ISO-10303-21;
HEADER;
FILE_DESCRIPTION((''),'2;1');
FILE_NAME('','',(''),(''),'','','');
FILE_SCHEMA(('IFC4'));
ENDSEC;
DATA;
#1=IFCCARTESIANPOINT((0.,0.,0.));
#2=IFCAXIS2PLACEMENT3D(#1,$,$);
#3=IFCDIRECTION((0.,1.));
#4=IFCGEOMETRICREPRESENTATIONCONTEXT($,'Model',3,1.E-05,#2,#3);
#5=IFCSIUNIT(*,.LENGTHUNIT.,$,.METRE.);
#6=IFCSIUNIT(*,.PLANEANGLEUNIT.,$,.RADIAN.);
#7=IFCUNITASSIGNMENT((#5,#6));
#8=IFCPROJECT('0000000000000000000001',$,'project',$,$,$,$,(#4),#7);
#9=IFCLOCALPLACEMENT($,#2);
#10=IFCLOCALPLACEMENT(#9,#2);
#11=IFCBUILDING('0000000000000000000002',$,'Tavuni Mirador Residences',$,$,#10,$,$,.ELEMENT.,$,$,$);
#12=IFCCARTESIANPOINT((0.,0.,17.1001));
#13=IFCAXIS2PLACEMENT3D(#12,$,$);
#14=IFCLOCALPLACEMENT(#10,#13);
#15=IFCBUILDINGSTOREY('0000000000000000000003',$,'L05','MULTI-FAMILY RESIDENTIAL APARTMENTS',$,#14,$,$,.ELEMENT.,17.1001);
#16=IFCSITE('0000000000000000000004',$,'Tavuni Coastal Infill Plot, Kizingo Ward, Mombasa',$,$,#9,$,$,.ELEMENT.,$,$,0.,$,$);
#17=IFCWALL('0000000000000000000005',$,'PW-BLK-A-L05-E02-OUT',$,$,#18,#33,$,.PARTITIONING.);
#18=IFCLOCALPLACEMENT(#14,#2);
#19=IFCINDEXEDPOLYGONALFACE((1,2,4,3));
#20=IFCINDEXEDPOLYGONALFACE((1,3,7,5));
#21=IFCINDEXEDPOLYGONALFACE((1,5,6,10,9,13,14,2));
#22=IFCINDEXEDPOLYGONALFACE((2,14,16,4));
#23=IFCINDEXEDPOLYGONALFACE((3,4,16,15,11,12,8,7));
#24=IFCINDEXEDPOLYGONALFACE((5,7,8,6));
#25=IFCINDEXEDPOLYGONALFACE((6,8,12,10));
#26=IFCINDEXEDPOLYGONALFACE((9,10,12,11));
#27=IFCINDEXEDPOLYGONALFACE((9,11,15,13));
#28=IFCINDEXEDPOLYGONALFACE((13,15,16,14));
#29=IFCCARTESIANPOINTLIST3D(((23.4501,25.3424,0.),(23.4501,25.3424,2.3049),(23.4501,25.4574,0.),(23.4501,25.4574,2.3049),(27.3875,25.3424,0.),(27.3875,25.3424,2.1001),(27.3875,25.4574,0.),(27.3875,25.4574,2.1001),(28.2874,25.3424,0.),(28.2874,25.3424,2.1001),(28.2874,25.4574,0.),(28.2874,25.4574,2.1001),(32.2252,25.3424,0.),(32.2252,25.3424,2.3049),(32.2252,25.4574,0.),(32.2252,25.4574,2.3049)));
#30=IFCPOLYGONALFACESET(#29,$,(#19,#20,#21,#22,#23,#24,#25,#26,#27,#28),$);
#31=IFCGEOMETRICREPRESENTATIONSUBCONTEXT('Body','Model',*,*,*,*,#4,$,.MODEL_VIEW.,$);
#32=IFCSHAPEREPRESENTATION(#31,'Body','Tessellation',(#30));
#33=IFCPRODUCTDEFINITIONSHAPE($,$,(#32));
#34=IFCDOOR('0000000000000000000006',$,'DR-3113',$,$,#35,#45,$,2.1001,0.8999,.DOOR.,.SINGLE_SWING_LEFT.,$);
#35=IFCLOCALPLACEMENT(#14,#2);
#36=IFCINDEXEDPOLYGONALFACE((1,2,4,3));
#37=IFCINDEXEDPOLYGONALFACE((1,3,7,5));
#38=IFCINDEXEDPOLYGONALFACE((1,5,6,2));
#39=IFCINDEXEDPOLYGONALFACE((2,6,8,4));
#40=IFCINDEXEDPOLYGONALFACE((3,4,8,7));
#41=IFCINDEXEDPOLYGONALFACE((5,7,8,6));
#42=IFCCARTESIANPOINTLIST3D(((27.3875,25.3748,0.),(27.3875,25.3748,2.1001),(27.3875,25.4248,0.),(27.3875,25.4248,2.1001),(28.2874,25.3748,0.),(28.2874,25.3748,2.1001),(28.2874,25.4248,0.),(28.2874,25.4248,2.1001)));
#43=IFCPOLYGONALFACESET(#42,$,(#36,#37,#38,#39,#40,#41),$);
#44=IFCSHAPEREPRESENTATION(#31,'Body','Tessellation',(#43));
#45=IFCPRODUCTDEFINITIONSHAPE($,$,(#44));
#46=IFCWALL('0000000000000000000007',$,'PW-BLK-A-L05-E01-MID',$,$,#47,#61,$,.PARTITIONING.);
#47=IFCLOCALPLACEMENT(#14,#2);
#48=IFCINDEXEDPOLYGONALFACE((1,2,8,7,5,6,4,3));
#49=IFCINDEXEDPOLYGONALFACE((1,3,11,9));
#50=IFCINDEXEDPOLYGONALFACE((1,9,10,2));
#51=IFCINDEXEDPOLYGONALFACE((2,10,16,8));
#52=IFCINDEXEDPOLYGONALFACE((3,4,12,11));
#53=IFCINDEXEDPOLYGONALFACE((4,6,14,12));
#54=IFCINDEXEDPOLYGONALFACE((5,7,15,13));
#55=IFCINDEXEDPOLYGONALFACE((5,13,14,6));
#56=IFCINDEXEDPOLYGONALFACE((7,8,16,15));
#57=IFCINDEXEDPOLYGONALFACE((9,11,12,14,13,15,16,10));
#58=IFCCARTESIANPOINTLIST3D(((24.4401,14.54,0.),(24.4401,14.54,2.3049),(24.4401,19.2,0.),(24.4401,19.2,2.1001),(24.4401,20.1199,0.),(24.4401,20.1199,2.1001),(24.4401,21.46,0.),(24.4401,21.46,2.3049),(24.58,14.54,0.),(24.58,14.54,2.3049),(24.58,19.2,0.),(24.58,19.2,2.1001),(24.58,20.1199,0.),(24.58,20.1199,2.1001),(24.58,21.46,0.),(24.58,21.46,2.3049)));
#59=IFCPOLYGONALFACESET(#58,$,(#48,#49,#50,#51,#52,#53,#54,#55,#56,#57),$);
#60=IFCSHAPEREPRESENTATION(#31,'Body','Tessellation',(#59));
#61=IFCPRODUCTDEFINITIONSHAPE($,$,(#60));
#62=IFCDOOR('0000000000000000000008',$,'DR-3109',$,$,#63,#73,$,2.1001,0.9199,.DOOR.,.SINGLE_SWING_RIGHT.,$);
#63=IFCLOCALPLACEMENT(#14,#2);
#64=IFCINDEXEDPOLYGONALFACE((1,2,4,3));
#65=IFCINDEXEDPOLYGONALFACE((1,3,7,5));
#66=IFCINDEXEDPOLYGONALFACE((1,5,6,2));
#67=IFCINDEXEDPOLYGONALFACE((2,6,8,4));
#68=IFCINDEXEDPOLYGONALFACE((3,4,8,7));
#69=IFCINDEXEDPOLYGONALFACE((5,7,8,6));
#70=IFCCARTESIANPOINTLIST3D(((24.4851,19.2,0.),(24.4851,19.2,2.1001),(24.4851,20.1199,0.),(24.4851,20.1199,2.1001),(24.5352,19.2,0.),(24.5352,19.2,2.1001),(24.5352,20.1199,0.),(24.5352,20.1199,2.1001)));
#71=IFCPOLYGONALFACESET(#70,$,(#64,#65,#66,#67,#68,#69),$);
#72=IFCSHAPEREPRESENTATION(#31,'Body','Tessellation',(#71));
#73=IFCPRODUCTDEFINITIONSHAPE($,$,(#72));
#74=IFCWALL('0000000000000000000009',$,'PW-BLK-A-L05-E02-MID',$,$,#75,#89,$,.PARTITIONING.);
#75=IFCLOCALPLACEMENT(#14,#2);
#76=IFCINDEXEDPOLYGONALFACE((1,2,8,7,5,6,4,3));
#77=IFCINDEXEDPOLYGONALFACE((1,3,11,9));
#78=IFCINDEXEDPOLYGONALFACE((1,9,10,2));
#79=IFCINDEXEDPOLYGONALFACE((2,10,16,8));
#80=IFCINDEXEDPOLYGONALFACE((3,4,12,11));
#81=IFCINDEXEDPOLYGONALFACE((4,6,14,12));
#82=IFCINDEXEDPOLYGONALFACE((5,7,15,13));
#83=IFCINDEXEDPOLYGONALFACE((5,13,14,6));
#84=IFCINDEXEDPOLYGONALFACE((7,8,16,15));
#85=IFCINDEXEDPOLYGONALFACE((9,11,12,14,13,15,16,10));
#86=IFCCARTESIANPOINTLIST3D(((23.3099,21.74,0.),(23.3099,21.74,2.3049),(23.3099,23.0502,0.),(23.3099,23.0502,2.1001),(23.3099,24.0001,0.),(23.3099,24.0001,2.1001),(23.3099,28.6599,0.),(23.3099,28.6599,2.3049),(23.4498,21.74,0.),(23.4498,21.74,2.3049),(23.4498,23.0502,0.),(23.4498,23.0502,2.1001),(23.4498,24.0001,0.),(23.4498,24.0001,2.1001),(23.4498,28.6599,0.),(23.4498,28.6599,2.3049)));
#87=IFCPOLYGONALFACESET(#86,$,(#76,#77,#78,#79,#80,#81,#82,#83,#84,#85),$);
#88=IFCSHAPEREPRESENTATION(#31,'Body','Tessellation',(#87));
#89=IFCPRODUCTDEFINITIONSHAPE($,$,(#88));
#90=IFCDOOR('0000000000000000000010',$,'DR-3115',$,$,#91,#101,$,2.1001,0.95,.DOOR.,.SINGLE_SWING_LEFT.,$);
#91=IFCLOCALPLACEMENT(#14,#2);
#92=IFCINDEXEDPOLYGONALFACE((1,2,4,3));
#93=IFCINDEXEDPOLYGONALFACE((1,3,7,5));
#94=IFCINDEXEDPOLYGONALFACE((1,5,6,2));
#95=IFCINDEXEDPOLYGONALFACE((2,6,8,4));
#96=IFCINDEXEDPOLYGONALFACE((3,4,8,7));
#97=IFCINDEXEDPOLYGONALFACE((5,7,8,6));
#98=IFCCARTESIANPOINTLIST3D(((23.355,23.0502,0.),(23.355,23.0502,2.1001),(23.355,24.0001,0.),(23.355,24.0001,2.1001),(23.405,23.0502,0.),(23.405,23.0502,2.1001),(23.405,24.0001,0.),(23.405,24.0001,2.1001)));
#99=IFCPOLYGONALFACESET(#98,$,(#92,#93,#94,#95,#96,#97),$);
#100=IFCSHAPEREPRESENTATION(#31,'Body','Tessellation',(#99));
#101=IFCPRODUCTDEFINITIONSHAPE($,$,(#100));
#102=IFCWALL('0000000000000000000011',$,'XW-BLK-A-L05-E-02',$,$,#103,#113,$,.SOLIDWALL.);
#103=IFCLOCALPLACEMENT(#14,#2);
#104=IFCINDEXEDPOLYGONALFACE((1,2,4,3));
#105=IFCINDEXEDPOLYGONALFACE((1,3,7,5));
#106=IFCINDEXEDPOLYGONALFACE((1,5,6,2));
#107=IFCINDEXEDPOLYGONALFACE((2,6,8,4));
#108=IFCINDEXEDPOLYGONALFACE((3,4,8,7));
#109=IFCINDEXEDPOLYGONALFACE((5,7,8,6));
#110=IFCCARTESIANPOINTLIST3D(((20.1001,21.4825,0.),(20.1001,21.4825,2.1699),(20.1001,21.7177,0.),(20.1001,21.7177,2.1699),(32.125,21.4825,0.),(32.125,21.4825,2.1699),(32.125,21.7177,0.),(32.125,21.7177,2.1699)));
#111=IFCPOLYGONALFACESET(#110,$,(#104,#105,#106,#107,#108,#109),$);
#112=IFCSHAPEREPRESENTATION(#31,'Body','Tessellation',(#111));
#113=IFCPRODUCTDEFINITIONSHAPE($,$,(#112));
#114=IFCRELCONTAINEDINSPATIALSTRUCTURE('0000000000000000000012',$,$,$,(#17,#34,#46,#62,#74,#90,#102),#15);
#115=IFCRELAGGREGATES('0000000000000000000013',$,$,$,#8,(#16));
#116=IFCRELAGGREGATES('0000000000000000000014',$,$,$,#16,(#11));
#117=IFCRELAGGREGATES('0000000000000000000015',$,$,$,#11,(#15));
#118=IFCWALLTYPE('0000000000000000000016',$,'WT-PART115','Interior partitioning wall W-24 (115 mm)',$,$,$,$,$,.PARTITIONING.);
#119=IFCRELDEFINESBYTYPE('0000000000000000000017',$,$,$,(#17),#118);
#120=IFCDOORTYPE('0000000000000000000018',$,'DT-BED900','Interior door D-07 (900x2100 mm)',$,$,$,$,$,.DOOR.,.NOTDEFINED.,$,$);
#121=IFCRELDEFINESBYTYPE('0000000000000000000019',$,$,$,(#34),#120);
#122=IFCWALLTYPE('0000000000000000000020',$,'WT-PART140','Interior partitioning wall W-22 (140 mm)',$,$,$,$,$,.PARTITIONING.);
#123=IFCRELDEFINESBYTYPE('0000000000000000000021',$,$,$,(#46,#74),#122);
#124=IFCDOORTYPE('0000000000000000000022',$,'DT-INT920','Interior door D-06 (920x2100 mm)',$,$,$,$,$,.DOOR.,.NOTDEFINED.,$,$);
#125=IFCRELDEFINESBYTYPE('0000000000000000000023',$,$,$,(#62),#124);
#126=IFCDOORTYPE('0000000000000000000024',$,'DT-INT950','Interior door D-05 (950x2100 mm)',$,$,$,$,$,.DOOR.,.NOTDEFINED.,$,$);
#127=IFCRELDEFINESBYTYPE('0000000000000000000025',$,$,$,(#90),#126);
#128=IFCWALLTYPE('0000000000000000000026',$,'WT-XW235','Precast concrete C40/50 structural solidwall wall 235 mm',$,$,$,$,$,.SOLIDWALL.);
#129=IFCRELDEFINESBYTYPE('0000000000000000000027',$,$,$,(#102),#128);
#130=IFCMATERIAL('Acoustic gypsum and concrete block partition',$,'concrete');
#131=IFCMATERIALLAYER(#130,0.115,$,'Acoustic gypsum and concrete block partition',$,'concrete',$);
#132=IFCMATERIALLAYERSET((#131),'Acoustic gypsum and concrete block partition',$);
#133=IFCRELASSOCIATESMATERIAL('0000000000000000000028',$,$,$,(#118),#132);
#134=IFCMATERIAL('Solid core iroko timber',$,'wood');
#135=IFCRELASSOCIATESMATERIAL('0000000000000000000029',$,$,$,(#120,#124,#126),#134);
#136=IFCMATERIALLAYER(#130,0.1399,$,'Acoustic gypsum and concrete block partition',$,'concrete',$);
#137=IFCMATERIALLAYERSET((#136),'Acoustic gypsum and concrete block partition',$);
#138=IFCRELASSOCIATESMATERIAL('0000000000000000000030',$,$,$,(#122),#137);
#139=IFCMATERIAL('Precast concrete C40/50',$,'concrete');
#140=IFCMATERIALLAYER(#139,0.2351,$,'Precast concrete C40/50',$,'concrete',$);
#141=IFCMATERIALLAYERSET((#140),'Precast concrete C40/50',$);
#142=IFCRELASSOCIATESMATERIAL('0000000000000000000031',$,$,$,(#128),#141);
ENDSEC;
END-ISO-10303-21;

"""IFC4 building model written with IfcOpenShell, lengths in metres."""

from ifc_helpers import new_model, si_unit, direction, frame, frame_2d, origin, place, context, subcontext, project, spatial, rectangle, extrude, material, layer, layer_set, type_object, element, fill, save


model = new_model("IFC4")

# Units and contexts
model_context = context("Model", 3, precision=1e-05, world=origin(), true_north=direction((0.0, 1.0)))
body_context = subcontext(model_context, "Body", "Model", "MODEL_VIEW")
ifc_project = project(units=[si_unit("LENGTHUNIT", "METRE"), si_unit("PLANEANGLEUNIT", "RADIAN")], contexts=[model_context])

# Site, building, storey
site_placement = place(None, origin())
site = spatial("IfcSite", under=ifc_project, at=site_placement, Name="Tavuni Coastal Infill Plot, Kizingo Ward, Mombasa", CompositionType="ELEMENT", RefElevation=0.0)
building_placement = place(site_placement, origin())
building = spatial("IfcBuilding", under=site, at=building_placement, Name="Tavuni Mirador Residences", CompositionType="ELEMENT")
storey_placement = place(building_placement, frame((0.0, 0.0, 17.1001)))
storey = spatial("IfcBuildingStorey", under=building, at=storey_placement, Name="L05", Description="MULTI-FAMILY RESIDENTIAL APARTMENTS", CompositionType="ELEMENT", Elevation=17.1001)

# Shared definitions
ifc_material_1 = material(Name="Precast concrete C40/50", Category="concrete")

# Walls, openings, doors
ifc_material_2 = material(Name="Solid core iroko timber", Category="wood")
ifc_material_3 = material(Name="Acoustic gypsum and concrete block partition", Category="concrete")
ifc_layer_1 = layer(ifc_material_3, 0.115, Name="Acoustic gypsum and concrete block partition", Category="concrete")
ifc_layer_set_1 = layer_set([ifc_layer_1], Name="Acoustic gypsum and concrete block partition")
wall_type_1 = type_object("IfcWallType", Name="WT-PART115", Description="Interior partitioning wall W-24 (115 mm)", PredefinedType="PARTITIONING", material=ifc_layer_set_1)
wall_1_placement = place(storey_placement, frame((23.45, 25.3999, 0.0), z_axis=(0.0, 0.0, 1.0), x_axis=(1.0, 0.0, 0.0)))
wall_1 = element("IfcWall", 1, at=wall_1_placement, inside=storey, type_object=wall_type_1, Name="PW-BLK-A-L05-E02-OUT", PredefinedType="PARTITIONING", context=body_context, shape_type="SweptSolid", body=[
    extrude(rectangle(XDim=8.7751, YDim=0.115, at=frame_2d((4.3877, 0.0))), origin(), (0.0, 0.0, 1.0), 2.3049),
])
opening_1_placement = place(wall_1_placement, frame((3.9375, 0.0, 0.0)))
opening_1 = element("IfcOpeningElement", 2, at=opening_1_placement, cuts=wall_1, PredefinedType="OPENING", context=body_context, shape_type="SweptSolid", body=[
    extrude(rectangle(XDim=0.8999, YDim=2.1001, at=frame_2d((0.45, 1.05))), frame((0.0, 0.0674, 0.0), z_axis=(0.0, -1.0, 0.0), x_axis=(1.0, 0.0, 0.0)), (0.0, 0.0, 1.0), 0.135),
])
door_type_1 = type_object("IfcDoorType", Name="DT-BED900", Description="Interior door D-07 (900x2100 mm)", OperationType="NOTDEFINED", PredefinedType="DOOR", material=ifc_material_2)
door_1_placement = place(opening_1_placement, origin())
door_1 = element("IfcDoor", 3, at=door_1_placement, inside=storey, type_object=door_type_1, Name="DR-3113", OperationType="SINGLE_SWING_LEFT", OverallHeight=2.1001, OverallWidth=0.8999, PredefinedType="DOOR", context=body_context, shape_type="SweptSolid", body=[
    extrude(rectangle(XDim=0.8999, YDim=2.1001, at=frame_2d((0.45, 1.05))), frame((0.0, 0.0249, 0.0), z_axis=(0.0, -1.0, 0.0), x_axis=(1.0, 0.0, 0.0)), (0.0, 0.0, 1.0), 0.05),
])
fill(opening_1, door_1)
ifc_layer_2 = layer(ifc_material_3, 0.1399, Name="Acoustic gypsum and concrete block partition", Category="concrete")
ifc_layer_set_2 = layer_set([ifc_layer_2], Name="Acoustic gypsum and concrete block partition")
wall_type_2 = type_object("IfcWallType", Name="WT-PART140", Description="Interior partitioning wall W-22 (140 mm)", PredefinedType="PARTITIONING", material=ifc_layer_set_2)
wall_2_placement = place(storey_placement, frame((24.51, 14.54, 0.0), z_axis=(0.0, 0.0, 1.0), x_axis=(0.0, 1.0, 0.0)))
wall_2 = element("IfcWall", 4, at=wall_2_placement, inside=storey, type_object=wall_type_2, Name="PW-BLK-A-L05-E01-MID", PredefinedType="PARTITIONING", context=body_context, shape_type="SweptSolid", body=[
    extrude(rectangle(XDim=6.9199, YDim=0.1399, at=frame_2d((3.46, 0.0))), origin(), (0.0, 0.0, 1.0), 2.3049),
])
opening_2_placement = place(wall_2_placement, frame((4.6599, 0.0, 0.0)))
opening_2 = element("IfcOpeningElement", 5, at=opening_2_placement, cuts=wall_2, PredefinedType="OPENING", context=body_context, shape_type="SweptSolid", body=[
    extrude(rectangle(XDim=0.9199, YDim=2.1001, at=frame_2d((0.46, 1.05))), frame((0.0, 0.0801, 0.0), z_axis=(0.0, -1.0, 0.0), x_axis=(1.0, 0.0, 0.0)), (0.0, 0.0, 1.0), 0.1599),
])
door_type_2 = type_object("IfcDoorType", Name="DT-INT920", Description="Interior door D-06 (920x2100 mm)", OperationType="NOTDEFINED", PredefinedType="DOOR", material=ifc_material_2)
door_2_placement = place(opening_2_placement, origin())
door_2 = element("IfcDoor", 6, at=door_2_placement, inside=storey, type_object=door_type_2, Name="DR-3109", OperationType="SINGLE_SWING_RIGHT", OverallHeight=2.1001, OverallWidth=0.9199, PredefinedType="DOOR", context=body_context, shape_type="SweptSolid", body=[
    extrude(rectangle(XDim=0.9199, YDim=2.1001, at=frame_2d((0.46, 1.05))), frame((0.0, 0.0249, 0.0), z_axis=(0.0, -1.0, 0.0), x_axis=(1.0, 0.0, 0.0)), (0.0, 0.0, 1.0), 0.05),
])
fill(opening_2, door_2)
wall_3_placement = place(storey_placement, frame((23.3799, 21.74, 0.0), z_axis=(0.0, 0.0, 1.0), x_axis=(0.0, 1.0, 0.0)))
wall_3 = element("IfcWall", 7, at=wall_3_placement, inside=storey, type_object=wall_type_2, Name="PW-BLK-A-L05-E02-MID", PredefinedType="PARTITIONING", context=body_context, shape_type="SweptSolid", body=[
    extrude(rectangle(XDim=6.9199, YDim=0.1399, at=frame_2d((3.46, 0.0))), origin(), (0.0, 0.0, 1.0), 2.3049),
])
opening_3_placement = place(wall_3_placement, frame((1.3101, 0.0, 0.0)))
opening_3 = element("IfcOpeningElement", 8, at=opening_3_placement, cuts=wall_3, PredefinedType="OPENING", context=body_context, shape_type="SweptSolid", body=[
    extrude(rectangle(XDim=0.95, YDim=2.1001, at=frame_2d((0.4751, 1.05))), frame((0.0, 0.0801, 0.0), z_axis=(0.0, -1.0, 0.0), x_axis=(1.0, 0.0, 0.0)), (0.0, 0.0, 1.0), 0.1599),
])
door_type_3 = type_object("IfcDoorType", Name="DT-INT950", Description="Interior door D-05 (950x2100 mm)", OperationType="NOTDEFINED", PredefinedType="DOOR", material=ifc_material_2)
door_3_placement = place(opening_3_placement, origin())
door_3 = element("IfcDoor", 9, at=door_3_placement, inside=storey, type_object=door_type_3, Name="DR-3115", OperationType="SINGLE_SWING_LEFT", OverallHeight=2.1001, OverallWidth=0.95, PredefinedType="DOOR", context=body_context, shape_type="SweptSolid", body=[
    extrude(rectangle(XDim=0.95, YDim=2.1001, at=frame_2d((0.4751, 1.05))), frame((0.0, 0.0249, 0.0), z_axis=(0.0, -1.0, 0.0), x_axis=(1.0, 0.0, 0.0)), (0.0, 0.0, 1.0), 0.05),
])
fill(opening_3, door_3)

# Wall
ifc_layer_3 = layer(ifc_material_1, 0.2351, Name="Precast concrete C40/50", Category="concrete")
ifc_layer_set_3 = layer_set([ifc_layer_3], Name="Precast concrete C40/50")
wall_type_3 = type_object("IfcWallType", Name="WT-XW235", Description="Precast concrete C40/50 structural solidwall wall 235 mm", PredefinedType="SOLIDWALL", material=ifc_layer_set_3)
wall_4_placement = place(storey_placement, frame((20.1001, 21.6001, 0.0), z_axis=(0.0, 0.0, 1.0), x_axis=(1.0, 0.0, 0.0)))
element("IfcWall", 10, at=wall_4_placement, inside=storey, type_object=wall_type_3, Name="XW-BLK-A-L05-E-02", PredefinedType="SOLIDWALL", context=body_context, shape_type="SweptSolid", body=[
    extrude(rectangle(XDim=12.0249, YDim=0.2351, at=frame_2d((6.0125, 0.0))), origin(), (0.0, 0.0, 1.0), 2.1699),
])

save(model, "model.ifc")
